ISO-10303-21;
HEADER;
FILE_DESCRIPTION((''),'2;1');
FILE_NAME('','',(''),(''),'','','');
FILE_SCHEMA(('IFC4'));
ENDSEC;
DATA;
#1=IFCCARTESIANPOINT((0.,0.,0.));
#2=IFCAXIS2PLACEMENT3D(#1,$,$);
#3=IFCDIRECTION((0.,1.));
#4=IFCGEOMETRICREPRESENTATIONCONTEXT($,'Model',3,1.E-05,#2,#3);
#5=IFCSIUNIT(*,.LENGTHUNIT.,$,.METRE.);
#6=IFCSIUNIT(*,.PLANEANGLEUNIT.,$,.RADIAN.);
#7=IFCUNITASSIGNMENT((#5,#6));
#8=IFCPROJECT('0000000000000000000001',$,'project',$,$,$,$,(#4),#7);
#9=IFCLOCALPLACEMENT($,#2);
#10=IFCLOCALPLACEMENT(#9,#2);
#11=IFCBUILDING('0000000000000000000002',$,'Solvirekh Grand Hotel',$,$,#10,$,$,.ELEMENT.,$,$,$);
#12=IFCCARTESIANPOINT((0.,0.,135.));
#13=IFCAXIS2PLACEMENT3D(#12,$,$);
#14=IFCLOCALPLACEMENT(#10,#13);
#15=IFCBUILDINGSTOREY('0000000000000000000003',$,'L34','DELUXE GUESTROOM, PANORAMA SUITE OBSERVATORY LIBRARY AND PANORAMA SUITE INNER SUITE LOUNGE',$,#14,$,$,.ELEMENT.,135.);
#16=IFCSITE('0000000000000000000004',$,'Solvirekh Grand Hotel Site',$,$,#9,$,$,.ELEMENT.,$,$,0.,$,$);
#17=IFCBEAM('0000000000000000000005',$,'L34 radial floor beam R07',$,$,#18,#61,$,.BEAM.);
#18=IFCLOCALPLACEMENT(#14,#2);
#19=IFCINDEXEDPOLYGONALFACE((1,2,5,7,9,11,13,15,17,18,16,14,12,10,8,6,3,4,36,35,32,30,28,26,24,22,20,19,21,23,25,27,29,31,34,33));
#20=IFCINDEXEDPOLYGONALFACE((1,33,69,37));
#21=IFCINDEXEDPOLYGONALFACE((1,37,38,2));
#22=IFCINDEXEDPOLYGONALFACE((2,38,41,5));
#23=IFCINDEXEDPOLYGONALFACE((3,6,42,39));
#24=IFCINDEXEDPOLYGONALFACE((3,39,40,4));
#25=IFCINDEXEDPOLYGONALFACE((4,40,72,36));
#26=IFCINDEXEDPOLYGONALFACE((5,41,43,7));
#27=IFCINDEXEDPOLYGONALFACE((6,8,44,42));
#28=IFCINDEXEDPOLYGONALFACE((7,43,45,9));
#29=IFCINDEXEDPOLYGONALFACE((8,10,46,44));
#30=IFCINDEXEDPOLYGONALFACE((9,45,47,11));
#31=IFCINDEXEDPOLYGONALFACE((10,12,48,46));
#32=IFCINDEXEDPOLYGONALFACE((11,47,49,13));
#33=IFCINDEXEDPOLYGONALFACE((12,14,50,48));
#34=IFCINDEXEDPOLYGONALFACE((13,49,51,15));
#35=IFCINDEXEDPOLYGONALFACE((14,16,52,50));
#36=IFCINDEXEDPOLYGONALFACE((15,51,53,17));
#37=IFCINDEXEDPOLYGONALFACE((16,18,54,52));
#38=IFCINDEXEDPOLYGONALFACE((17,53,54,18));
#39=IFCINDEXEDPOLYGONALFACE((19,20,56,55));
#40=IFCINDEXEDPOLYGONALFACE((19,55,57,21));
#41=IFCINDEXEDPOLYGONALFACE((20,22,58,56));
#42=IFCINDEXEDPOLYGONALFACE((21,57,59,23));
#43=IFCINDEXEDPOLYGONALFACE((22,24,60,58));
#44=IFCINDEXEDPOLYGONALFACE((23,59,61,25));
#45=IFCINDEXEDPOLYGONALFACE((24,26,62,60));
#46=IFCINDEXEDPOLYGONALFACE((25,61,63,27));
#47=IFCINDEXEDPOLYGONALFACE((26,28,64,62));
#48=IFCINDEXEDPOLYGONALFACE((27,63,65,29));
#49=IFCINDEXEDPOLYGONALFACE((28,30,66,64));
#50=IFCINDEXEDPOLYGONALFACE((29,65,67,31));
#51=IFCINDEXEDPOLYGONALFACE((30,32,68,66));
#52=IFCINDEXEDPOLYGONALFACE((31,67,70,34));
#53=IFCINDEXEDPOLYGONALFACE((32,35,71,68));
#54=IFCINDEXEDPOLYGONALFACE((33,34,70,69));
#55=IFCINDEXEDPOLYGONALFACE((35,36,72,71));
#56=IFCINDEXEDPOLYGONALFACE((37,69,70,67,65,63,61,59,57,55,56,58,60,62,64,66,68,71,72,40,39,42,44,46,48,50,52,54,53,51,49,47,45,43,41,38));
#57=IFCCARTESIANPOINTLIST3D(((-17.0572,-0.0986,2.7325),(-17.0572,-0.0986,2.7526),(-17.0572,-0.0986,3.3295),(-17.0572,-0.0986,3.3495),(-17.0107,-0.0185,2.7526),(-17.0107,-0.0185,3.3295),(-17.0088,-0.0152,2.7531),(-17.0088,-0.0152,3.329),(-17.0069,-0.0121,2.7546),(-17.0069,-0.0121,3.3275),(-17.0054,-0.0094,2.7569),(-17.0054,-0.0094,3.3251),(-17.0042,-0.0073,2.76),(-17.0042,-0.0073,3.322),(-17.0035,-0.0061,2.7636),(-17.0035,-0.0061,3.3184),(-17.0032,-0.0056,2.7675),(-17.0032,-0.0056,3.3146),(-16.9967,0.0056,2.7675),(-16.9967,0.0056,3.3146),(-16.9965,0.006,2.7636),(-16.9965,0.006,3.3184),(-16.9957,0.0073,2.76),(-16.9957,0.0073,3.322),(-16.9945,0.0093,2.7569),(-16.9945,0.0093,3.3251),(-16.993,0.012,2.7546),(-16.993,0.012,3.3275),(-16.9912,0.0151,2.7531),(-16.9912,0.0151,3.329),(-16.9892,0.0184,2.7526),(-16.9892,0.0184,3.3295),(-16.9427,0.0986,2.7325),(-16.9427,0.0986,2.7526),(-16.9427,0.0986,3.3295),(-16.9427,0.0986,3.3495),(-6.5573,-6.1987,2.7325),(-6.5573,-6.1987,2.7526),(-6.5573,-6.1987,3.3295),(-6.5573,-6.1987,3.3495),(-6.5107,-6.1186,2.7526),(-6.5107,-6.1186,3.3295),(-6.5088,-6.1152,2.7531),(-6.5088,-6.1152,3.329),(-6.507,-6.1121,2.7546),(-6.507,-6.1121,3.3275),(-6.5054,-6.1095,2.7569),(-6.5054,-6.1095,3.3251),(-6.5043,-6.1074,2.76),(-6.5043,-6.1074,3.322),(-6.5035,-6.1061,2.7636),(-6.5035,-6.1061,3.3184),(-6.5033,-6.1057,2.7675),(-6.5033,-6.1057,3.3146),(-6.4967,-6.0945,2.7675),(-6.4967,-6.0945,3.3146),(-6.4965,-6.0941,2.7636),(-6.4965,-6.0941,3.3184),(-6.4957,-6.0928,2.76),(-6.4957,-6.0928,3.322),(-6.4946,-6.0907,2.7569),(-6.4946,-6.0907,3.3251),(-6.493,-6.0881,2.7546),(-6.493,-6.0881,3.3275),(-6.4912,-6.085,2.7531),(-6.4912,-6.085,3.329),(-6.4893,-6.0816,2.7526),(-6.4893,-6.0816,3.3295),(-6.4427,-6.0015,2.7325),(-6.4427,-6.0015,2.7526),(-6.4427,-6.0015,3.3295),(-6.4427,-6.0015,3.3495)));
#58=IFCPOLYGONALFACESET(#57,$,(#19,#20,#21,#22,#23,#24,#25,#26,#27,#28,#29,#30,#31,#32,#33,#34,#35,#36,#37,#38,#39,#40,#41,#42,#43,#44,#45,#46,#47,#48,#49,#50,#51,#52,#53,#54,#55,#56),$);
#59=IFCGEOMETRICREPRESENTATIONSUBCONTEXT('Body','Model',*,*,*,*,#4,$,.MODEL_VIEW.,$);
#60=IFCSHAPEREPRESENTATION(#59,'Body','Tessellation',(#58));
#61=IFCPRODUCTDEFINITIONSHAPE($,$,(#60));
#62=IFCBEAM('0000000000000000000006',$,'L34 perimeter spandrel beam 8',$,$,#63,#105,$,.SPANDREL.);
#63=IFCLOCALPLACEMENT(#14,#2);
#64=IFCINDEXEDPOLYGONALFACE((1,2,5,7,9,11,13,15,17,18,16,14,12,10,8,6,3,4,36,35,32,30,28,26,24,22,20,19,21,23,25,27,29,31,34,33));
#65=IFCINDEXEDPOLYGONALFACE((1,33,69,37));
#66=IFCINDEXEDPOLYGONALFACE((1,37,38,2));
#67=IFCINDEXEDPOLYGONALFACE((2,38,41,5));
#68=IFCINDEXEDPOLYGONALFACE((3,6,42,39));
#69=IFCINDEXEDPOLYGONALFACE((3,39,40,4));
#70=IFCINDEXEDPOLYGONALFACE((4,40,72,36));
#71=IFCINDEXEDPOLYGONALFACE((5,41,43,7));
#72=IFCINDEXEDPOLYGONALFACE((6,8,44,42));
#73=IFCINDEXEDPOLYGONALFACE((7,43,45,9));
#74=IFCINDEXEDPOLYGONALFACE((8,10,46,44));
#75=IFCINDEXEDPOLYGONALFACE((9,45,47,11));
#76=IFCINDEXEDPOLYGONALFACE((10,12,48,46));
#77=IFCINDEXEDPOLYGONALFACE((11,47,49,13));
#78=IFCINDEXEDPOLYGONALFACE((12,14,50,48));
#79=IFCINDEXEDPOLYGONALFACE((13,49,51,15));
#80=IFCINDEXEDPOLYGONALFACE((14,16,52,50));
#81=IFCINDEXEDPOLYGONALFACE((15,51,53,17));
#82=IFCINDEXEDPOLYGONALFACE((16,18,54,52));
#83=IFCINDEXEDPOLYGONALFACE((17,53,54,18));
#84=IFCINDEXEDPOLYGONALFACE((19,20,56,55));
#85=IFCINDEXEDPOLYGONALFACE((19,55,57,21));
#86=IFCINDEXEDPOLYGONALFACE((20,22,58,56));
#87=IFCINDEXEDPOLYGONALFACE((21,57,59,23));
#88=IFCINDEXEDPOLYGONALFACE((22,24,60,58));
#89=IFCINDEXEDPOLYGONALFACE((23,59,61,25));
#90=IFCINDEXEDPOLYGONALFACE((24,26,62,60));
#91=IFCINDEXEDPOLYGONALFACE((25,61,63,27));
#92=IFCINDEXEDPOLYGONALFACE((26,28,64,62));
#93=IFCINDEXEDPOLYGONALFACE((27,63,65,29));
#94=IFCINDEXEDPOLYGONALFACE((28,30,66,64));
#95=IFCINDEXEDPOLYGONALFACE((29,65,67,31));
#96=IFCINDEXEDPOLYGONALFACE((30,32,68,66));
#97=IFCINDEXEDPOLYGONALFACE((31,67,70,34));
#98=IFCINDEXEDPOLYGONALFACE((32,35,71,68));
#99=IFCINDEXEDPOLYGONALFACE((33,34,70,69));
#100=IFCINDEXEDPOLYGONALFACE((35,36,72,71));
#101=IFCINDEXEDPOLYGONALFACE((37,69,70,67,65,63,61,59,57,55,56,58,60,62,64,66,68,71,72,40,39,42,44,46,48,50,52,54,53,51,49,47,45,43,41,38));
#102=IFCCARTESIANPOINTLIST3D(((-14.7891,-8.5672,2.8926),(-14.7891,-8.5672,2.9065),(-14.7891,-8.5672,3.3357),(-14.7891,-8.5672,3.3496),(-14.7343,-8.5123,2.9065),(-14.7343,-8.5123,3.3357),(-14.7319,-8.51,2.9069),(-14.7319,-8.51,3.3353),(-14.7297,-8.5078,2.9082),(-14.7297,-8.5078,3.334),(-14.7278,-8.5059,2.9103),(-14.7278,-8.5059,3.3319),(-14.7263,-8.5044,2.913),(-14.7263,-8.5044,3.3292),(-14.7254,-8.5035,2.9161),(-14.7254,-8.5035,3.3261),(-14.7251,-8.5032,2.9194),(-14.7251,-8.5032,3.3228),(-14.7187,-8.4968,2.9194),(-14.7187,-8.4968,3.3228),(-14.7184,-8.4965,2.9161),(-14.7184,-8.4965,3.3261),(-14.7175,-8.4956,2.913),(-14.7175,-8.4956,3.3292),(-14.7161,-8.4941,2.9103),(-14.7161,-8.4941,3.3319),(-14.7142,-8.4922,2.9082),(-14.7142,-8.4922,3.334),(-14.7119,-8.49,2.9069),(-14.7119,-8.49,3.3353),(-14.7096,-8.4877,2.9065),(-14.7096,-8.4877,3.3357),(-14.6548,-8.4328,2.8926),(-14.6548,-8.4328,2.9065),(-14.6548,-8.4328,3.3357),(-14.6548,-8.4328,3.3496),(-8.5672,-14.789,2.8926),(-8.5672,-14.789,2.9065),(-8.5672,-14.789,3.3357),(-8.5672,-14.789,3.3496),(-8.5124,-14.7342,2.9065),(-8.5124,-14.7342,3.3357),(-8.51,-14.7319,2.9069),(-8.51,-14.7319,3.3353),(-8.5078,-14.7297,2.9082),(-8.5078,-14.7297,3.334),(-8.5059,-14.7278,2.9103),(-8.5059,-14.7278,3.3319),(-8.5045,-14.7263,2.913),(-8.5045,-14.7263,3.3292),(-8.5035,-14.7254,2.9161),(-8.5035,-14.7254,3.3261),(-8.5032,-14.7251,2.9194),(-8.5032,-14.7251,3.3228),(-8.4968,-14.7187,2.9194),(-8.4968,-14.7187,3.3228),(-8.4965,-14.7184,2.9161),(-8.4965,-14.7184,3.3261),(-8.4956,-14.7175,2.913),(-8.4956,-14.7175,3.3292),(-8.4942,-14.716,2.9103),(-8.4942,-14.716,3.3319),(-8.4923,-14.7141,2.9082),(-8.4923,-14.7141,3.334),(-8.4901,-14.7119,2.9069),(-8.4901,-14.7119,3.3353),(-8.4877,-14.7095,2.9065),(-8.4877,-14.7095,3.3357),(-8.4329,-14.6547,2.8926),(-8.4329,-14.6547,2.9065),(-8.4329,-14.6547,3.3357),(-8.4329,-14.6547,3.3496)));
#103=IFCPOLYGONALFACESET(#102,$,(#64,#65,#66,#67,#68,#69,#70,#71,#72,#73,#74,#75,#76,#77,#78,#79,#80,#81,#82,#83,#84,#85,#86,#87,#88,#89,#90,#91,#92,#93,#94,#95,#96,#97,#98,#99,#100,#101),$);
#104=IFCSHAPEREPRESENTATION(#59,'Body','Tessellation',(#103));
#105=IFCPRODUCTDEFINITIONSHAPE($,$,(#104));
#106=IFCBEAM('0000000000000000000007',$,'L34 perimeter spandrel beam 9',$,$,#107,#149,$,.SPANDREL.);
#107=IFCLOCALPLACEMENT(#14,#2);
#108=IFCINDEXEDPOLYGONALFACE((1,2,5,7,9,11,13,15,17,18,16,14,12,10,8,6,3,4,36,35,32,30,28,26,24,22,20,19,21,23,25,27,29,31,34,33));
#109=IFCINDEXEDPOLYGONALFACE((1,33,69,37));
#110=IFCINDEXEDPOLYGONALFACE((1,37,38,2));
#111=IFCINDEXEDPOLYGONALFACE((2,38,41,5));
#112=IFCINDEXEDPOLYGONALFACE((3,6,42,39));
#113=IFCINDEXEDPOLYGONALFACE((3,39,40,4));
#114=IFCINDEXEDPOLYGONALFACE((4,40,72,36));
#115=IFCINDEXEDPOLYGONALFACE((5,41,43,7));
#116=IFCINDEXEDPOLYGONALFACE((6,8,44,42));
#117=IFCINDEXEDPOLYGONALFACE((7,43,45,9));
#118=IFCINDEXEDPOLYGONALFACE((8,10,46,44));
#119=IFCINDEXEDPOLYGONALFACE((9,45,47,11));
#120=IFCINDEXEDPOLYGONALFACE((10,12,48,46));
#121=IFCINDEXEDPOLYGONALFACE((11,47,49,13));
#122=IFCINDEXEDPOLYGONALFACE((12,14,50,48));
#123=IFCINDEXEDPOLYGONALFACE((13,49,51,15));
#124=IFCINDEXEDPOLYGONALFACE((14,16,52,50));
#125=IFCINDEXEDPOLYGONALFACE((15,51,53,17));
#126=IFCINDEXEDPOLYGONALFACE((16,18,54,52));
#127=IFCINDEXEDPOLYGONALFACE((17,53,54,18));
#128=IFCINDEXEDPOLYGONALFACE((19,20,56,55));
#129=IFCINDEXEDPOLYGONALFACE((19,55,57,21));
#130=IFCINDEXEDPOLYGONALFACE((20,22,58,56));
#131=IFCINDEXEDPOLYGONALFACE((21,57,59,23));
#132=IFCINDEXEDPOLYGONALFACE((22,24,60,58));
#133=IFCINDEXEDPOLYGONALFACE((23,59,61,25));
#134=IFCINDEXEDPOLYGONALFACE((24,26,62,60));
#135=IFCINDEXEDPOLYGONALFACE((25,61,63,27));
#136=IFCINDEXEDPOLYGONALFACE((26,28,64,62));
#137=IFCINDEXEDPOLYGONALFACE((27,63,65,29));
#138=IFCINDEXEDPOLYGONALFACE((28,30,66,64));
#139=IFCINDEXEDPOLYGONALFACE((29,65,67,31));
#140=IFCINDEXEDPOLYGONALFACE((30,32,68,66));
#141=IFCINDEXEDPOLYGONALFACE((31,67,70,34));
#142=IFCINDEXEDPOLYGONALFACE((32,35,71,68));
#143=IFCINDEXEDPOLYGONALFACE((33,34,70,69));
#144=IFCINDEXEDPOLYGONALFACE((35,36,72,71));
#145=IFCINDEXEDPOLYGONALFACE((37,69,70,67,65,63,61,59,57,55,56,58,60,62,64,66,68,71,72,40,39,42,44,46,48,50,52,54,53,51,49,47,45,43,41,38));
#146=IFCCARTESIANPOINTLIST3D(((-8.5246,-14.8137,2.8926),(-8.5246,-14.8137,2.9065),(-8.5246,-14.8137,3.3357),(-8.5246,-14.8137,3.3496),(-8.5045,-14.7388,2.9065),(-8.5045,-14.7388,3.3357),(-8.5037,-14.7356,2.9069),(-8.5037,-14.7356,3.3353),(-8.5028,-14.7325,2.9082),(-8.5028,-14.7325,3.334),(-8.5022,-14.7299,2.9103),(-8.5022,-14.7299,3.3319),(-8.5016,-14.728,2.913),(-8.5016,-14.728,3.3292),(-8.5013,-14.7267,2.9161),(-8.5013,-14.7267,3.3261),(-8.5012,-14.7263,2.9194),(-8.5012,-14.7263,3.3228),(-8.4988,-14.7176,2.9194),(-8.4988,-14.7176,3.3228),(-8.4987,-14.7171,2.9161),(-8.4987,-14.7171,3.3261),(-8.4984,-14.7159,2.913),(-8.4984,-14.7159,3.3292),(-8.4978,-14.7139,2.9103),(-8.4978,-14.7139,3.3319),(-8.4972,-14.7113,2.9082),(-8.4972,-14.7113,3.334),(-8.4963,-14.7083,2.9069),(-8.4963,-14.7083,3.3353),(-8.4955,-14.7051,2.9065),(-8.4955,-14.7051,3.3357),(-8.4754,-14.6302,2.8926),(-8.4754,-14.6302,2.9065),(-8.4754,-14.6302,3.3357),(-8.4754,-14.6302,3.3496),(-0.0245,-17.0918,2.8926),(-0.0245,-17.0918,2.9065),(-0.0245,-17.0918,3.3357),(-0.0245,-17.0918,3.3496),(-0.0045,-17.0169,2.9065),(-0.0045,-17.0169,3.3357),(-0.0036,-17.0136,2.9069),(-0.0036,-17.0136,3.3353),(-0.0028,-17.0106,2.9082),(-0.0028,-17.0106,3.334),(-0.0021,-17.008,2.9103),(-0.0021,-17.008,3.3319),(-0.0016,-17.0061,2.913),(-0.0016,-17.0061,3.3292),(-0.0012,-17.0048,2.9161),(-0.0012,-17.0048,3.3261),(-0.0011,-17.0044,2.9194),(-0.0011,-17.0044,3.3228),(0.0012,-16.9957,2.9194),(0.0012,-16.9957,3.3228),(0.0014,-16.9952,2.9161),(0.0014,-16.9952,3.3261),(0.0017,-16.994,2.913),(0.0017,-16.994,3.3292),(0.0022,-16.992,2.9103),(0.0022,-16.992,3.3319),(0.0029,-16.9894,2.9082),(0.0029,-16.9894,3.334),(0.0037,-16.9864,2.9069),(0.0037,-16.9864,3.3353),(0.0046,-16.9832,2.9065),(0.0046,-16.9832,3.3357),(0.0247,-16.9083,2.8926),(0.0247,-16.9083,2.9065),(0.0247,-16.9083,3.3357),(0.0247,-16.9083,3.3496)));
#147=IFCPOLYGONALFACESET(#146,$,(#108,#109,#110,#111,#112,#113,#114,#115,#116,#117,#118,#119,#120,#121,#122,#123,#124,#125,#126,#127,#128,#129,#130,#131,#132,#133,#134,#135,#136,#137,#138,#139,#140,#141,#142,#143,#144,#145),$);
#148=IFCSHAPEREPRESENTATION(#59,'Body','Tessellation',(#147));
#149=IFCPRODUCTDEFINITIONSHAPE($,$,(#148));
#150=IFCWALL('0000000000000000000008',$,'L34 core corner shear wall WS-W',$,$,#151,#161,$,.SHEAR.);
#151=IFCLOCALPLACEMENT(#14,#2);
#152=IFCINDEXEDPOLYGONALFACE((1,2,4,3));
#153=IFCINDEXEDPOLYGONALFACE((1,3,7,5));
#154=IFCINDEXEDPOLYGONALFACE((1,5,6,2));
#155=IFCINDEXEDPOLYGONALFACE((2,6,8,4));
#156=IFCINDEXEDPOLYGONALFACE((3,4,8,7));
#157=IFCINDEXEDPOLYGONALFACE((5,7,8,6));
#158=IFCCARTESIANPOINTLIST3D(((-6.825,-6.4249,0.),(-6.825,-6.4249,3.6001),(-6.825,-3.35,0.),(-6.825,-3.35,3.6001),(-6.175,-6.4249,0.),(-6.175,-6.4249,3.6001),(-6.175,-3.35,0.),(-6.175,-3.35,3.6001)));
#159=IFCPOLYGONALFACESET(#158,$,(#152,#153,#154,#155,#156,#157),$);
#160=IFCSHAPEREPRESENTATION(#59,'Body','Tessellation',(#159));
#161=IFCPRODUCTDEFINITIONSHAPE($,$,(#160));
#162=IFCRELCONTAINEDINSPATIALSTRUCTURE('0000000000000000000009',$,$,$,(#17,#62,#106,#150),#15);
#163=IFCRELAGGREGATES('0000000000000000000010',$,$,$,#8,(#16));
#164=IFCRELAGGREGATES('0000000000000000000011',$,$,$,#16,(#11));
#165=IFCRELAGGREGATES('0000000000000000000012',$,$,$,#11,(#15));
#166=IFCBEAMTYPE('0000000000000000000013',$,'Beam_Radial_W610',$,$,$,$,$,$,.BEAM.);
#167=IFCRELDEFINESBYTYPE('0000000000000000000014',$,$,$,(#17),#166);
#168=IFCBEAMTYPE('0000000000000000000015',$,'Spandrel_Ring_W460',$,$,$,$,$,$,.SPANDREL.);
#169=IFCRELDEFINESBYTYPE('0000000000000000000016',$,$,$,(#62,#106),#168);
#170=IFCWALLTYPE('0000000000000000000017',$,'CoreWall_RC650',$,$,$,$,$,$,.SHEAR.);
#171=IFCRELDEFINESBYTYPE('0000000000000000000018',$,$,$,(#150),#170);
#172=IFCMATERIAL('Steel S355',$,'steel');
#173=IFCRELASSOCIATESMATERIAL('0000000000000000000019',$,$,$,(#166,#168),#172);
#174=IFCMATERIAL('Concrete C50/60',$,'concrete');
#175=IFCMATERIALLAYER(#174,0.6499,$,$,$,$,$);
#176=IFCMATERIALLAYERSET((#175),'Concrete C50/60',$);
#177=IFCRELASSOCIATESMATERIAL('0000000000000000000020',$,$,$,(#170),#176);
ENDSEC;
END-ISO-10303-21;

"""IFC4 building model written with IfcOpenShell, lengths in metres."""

from ifc_helpers import new_model, si_unit, direction, frame, frame_2d, origin, origin_2d, place, context, subcontext, project, spatial, rectangle, i_section, extrude, material, layer, layer_set, material_profile, profile_set, type_object, element, save


model = new_model("IFC4")

# Units and contexts
model_context = context("Model", 3, precision=1e-05, world=origin(), true_north=direction((0.0, 1.0)))
body_context = subcontext(model_context, "Body", "Model", "MODEL_VIEW")
ifc_project = project(units=[si_unit("LENGTHUNIT", "METRE"), si_unit("PLANEANGLEUNIT", "RADIAN")], contexts=[model_context])

# Site, building, storey
site_placement = place(None, origin())
site = spatial("IfcSite", under=ifc_project, at=site_placement, Name="Solvirekh Grand Hotel Site", CompositionType="ELEMENT", RefElevation=0.0)
building_placement = place(site_placement, origin())
building = spatial("IfcBuilding", under=site, at=building_placement, Name="Solvirekh Grand Hotel", CompositionType="ELEMENT")
storey_placement = place(building_placement, frame((0.0, 0.0, 135.0)))
storey = spatial("IfcBuildingStorey", under=building, at=storey_placement, Name="L34", Description="DELUXE GUESTROOM, PANORAMA SUITE OBSERVATORY LIBRARY AND PANORAMA SUITE INNER SUITE LOUNGE", CompositionType="ELEMENT", Elevation=135.0)

# Shared definitions
ifc_material_1 = material(Name="Concrete C50/60", Category="concrete")

# Beams
ifc_material_2 = material(Name="Steel S355", Category="steel")
ifc_material_profile_1 = material_profile(ifc_material_2, i_section(OverallWidth=0.228, OverallDepth=0.6169, WebThickness=0.0129, FlangeThickness=0.02, FilletRadius=0.0149, at=origin_2d()), Name="W610X140")
ifc_profile_set_1 = profile_set([ifc_material_profile_1], Name="Steel S355")
beam_type_1 = type_object("IfcBeamType", Name="Beam_Radial_W610", PredefinedType="BEAM", material=ifc_profile_set_1)
beam_1_placement = place(storey_placement, frame((-6.5, -6.1001, 3.041), z_axis=(-0.86467, 0.50234, 0.0), x_axis=(-0.50234, -0.86467, 0.0)))
element("IfcBeam", 1, at=beam_1_placement, inside=storey, type_object=beam_type_1, Name="L34 radial floor beam R07", PredefinedType="BEAM", context=body_context, shape_type="SweptSolid", body=[
    extrude(i_section(OverallWidth=0.228, OverallDepth=0.6169, WebThickness=0.0129, FlangeThickness=0.02, FilletRadius=0.0149, at=origin_2d()), origin(), (0.0, 0.0, 1.0), 12.1433),
])
ifc_material_profile_2 = material_profile(ifc_material_2, i_section(OverallWidth=0.1899, OverallDepth=0.457, WebThickness=0.009, FlangeThickness=0.0139, FilletRadius=0.0129, at=origin_2d()), Name="W460X74")
ifc_profile_set_2 = profile_set([ifc_material_profile_2], Name="Steel S355")
beam_type_2 = type_object("IfcBeamType", Name="Spandrel_Ring_W460", PredefinedType="SPANDREL", material=ifc_profile_set_2)
beam_2_placement = place(storey_placement, frame((-14.7219, -8.5, 3.1211), z_axis=(0.707107, -0.707107, 0.0), x_axis=(0.707107, 0.707107, 0.0)))
element("IfcBeam", 2, at=beam_2_placement, inside=storey, type_object=beam_type_2, Name="L34 perimeter spandrel beam 8", PredefinedType="SPANDREL", context=body_context, shape_type="SweptSolid", body=[
    extrude(i_section(OverallWidth=0.1899, OverallDepth=0.457, WebThickness=0.009, FlangeThickness=0.0139, FilletRadius=0.0129, at=origin_2d()), origin(), (0.0, 0.0, 1.0), 8.7991),
])
beam_3_placement = place(storey_placement, frame((-8.5, -14.7219, 3.1211), z_axis=(0.965911, -0.258873, 0.0), x_axis=(0.258873, 0.965911, 0.0)))
element("IfcBeam", 3, at=beam_3_placement, inside=storey, type_object=beam_type_2, Name="L34 perimeter spandrel beam 9", PredefinedType="SPANDREL", context=body_context, shape_type="SweptSolid", body=[
    extrude(i_section(OverallWidth=0.1899, OverallDepth=0.457, WebThickness=0.009, FlangeThickness=0.0139, FilletRadius=0.0129, at=origin_2d()), origin(), (0.0, 0.0, 1.0), 8.8),
])

# Wall
ifc_layer_1 = layer(ifc_material_1, 0.6499)
ifc_layer_set_1 = layer_set([ifc_layer_1], Name="Concrete C50/60")
wall_type_1 = type_object("IfcWallType", Name="CoreWall_RC650", PredefinedType="SHEAR", material=ifc_layer_set_1)
wall_1_placement = place(storey_placement, frame((-6.5, -6.425, 0.0), z_axis=(0.0, 0.0, 1.0), x_axis=(0.0, 1.0, 0.0)))
element("IfcWall", 4, at=wall_1_placement, inside=storey, type_object=wall_type_1, Name="L34 core corner shear wall WS-W", PredefinedType="SHEAR", context=body_context, shape_type="SweptSolid", body=[
    extrude(rectangle(XDim=3.075, YDim=0.6499, at=frame_2d((1.5376, 0.0))), origin(), (0.0, 0.0, 1.0), 3.6001),
])

save(model, "model.ifc")
